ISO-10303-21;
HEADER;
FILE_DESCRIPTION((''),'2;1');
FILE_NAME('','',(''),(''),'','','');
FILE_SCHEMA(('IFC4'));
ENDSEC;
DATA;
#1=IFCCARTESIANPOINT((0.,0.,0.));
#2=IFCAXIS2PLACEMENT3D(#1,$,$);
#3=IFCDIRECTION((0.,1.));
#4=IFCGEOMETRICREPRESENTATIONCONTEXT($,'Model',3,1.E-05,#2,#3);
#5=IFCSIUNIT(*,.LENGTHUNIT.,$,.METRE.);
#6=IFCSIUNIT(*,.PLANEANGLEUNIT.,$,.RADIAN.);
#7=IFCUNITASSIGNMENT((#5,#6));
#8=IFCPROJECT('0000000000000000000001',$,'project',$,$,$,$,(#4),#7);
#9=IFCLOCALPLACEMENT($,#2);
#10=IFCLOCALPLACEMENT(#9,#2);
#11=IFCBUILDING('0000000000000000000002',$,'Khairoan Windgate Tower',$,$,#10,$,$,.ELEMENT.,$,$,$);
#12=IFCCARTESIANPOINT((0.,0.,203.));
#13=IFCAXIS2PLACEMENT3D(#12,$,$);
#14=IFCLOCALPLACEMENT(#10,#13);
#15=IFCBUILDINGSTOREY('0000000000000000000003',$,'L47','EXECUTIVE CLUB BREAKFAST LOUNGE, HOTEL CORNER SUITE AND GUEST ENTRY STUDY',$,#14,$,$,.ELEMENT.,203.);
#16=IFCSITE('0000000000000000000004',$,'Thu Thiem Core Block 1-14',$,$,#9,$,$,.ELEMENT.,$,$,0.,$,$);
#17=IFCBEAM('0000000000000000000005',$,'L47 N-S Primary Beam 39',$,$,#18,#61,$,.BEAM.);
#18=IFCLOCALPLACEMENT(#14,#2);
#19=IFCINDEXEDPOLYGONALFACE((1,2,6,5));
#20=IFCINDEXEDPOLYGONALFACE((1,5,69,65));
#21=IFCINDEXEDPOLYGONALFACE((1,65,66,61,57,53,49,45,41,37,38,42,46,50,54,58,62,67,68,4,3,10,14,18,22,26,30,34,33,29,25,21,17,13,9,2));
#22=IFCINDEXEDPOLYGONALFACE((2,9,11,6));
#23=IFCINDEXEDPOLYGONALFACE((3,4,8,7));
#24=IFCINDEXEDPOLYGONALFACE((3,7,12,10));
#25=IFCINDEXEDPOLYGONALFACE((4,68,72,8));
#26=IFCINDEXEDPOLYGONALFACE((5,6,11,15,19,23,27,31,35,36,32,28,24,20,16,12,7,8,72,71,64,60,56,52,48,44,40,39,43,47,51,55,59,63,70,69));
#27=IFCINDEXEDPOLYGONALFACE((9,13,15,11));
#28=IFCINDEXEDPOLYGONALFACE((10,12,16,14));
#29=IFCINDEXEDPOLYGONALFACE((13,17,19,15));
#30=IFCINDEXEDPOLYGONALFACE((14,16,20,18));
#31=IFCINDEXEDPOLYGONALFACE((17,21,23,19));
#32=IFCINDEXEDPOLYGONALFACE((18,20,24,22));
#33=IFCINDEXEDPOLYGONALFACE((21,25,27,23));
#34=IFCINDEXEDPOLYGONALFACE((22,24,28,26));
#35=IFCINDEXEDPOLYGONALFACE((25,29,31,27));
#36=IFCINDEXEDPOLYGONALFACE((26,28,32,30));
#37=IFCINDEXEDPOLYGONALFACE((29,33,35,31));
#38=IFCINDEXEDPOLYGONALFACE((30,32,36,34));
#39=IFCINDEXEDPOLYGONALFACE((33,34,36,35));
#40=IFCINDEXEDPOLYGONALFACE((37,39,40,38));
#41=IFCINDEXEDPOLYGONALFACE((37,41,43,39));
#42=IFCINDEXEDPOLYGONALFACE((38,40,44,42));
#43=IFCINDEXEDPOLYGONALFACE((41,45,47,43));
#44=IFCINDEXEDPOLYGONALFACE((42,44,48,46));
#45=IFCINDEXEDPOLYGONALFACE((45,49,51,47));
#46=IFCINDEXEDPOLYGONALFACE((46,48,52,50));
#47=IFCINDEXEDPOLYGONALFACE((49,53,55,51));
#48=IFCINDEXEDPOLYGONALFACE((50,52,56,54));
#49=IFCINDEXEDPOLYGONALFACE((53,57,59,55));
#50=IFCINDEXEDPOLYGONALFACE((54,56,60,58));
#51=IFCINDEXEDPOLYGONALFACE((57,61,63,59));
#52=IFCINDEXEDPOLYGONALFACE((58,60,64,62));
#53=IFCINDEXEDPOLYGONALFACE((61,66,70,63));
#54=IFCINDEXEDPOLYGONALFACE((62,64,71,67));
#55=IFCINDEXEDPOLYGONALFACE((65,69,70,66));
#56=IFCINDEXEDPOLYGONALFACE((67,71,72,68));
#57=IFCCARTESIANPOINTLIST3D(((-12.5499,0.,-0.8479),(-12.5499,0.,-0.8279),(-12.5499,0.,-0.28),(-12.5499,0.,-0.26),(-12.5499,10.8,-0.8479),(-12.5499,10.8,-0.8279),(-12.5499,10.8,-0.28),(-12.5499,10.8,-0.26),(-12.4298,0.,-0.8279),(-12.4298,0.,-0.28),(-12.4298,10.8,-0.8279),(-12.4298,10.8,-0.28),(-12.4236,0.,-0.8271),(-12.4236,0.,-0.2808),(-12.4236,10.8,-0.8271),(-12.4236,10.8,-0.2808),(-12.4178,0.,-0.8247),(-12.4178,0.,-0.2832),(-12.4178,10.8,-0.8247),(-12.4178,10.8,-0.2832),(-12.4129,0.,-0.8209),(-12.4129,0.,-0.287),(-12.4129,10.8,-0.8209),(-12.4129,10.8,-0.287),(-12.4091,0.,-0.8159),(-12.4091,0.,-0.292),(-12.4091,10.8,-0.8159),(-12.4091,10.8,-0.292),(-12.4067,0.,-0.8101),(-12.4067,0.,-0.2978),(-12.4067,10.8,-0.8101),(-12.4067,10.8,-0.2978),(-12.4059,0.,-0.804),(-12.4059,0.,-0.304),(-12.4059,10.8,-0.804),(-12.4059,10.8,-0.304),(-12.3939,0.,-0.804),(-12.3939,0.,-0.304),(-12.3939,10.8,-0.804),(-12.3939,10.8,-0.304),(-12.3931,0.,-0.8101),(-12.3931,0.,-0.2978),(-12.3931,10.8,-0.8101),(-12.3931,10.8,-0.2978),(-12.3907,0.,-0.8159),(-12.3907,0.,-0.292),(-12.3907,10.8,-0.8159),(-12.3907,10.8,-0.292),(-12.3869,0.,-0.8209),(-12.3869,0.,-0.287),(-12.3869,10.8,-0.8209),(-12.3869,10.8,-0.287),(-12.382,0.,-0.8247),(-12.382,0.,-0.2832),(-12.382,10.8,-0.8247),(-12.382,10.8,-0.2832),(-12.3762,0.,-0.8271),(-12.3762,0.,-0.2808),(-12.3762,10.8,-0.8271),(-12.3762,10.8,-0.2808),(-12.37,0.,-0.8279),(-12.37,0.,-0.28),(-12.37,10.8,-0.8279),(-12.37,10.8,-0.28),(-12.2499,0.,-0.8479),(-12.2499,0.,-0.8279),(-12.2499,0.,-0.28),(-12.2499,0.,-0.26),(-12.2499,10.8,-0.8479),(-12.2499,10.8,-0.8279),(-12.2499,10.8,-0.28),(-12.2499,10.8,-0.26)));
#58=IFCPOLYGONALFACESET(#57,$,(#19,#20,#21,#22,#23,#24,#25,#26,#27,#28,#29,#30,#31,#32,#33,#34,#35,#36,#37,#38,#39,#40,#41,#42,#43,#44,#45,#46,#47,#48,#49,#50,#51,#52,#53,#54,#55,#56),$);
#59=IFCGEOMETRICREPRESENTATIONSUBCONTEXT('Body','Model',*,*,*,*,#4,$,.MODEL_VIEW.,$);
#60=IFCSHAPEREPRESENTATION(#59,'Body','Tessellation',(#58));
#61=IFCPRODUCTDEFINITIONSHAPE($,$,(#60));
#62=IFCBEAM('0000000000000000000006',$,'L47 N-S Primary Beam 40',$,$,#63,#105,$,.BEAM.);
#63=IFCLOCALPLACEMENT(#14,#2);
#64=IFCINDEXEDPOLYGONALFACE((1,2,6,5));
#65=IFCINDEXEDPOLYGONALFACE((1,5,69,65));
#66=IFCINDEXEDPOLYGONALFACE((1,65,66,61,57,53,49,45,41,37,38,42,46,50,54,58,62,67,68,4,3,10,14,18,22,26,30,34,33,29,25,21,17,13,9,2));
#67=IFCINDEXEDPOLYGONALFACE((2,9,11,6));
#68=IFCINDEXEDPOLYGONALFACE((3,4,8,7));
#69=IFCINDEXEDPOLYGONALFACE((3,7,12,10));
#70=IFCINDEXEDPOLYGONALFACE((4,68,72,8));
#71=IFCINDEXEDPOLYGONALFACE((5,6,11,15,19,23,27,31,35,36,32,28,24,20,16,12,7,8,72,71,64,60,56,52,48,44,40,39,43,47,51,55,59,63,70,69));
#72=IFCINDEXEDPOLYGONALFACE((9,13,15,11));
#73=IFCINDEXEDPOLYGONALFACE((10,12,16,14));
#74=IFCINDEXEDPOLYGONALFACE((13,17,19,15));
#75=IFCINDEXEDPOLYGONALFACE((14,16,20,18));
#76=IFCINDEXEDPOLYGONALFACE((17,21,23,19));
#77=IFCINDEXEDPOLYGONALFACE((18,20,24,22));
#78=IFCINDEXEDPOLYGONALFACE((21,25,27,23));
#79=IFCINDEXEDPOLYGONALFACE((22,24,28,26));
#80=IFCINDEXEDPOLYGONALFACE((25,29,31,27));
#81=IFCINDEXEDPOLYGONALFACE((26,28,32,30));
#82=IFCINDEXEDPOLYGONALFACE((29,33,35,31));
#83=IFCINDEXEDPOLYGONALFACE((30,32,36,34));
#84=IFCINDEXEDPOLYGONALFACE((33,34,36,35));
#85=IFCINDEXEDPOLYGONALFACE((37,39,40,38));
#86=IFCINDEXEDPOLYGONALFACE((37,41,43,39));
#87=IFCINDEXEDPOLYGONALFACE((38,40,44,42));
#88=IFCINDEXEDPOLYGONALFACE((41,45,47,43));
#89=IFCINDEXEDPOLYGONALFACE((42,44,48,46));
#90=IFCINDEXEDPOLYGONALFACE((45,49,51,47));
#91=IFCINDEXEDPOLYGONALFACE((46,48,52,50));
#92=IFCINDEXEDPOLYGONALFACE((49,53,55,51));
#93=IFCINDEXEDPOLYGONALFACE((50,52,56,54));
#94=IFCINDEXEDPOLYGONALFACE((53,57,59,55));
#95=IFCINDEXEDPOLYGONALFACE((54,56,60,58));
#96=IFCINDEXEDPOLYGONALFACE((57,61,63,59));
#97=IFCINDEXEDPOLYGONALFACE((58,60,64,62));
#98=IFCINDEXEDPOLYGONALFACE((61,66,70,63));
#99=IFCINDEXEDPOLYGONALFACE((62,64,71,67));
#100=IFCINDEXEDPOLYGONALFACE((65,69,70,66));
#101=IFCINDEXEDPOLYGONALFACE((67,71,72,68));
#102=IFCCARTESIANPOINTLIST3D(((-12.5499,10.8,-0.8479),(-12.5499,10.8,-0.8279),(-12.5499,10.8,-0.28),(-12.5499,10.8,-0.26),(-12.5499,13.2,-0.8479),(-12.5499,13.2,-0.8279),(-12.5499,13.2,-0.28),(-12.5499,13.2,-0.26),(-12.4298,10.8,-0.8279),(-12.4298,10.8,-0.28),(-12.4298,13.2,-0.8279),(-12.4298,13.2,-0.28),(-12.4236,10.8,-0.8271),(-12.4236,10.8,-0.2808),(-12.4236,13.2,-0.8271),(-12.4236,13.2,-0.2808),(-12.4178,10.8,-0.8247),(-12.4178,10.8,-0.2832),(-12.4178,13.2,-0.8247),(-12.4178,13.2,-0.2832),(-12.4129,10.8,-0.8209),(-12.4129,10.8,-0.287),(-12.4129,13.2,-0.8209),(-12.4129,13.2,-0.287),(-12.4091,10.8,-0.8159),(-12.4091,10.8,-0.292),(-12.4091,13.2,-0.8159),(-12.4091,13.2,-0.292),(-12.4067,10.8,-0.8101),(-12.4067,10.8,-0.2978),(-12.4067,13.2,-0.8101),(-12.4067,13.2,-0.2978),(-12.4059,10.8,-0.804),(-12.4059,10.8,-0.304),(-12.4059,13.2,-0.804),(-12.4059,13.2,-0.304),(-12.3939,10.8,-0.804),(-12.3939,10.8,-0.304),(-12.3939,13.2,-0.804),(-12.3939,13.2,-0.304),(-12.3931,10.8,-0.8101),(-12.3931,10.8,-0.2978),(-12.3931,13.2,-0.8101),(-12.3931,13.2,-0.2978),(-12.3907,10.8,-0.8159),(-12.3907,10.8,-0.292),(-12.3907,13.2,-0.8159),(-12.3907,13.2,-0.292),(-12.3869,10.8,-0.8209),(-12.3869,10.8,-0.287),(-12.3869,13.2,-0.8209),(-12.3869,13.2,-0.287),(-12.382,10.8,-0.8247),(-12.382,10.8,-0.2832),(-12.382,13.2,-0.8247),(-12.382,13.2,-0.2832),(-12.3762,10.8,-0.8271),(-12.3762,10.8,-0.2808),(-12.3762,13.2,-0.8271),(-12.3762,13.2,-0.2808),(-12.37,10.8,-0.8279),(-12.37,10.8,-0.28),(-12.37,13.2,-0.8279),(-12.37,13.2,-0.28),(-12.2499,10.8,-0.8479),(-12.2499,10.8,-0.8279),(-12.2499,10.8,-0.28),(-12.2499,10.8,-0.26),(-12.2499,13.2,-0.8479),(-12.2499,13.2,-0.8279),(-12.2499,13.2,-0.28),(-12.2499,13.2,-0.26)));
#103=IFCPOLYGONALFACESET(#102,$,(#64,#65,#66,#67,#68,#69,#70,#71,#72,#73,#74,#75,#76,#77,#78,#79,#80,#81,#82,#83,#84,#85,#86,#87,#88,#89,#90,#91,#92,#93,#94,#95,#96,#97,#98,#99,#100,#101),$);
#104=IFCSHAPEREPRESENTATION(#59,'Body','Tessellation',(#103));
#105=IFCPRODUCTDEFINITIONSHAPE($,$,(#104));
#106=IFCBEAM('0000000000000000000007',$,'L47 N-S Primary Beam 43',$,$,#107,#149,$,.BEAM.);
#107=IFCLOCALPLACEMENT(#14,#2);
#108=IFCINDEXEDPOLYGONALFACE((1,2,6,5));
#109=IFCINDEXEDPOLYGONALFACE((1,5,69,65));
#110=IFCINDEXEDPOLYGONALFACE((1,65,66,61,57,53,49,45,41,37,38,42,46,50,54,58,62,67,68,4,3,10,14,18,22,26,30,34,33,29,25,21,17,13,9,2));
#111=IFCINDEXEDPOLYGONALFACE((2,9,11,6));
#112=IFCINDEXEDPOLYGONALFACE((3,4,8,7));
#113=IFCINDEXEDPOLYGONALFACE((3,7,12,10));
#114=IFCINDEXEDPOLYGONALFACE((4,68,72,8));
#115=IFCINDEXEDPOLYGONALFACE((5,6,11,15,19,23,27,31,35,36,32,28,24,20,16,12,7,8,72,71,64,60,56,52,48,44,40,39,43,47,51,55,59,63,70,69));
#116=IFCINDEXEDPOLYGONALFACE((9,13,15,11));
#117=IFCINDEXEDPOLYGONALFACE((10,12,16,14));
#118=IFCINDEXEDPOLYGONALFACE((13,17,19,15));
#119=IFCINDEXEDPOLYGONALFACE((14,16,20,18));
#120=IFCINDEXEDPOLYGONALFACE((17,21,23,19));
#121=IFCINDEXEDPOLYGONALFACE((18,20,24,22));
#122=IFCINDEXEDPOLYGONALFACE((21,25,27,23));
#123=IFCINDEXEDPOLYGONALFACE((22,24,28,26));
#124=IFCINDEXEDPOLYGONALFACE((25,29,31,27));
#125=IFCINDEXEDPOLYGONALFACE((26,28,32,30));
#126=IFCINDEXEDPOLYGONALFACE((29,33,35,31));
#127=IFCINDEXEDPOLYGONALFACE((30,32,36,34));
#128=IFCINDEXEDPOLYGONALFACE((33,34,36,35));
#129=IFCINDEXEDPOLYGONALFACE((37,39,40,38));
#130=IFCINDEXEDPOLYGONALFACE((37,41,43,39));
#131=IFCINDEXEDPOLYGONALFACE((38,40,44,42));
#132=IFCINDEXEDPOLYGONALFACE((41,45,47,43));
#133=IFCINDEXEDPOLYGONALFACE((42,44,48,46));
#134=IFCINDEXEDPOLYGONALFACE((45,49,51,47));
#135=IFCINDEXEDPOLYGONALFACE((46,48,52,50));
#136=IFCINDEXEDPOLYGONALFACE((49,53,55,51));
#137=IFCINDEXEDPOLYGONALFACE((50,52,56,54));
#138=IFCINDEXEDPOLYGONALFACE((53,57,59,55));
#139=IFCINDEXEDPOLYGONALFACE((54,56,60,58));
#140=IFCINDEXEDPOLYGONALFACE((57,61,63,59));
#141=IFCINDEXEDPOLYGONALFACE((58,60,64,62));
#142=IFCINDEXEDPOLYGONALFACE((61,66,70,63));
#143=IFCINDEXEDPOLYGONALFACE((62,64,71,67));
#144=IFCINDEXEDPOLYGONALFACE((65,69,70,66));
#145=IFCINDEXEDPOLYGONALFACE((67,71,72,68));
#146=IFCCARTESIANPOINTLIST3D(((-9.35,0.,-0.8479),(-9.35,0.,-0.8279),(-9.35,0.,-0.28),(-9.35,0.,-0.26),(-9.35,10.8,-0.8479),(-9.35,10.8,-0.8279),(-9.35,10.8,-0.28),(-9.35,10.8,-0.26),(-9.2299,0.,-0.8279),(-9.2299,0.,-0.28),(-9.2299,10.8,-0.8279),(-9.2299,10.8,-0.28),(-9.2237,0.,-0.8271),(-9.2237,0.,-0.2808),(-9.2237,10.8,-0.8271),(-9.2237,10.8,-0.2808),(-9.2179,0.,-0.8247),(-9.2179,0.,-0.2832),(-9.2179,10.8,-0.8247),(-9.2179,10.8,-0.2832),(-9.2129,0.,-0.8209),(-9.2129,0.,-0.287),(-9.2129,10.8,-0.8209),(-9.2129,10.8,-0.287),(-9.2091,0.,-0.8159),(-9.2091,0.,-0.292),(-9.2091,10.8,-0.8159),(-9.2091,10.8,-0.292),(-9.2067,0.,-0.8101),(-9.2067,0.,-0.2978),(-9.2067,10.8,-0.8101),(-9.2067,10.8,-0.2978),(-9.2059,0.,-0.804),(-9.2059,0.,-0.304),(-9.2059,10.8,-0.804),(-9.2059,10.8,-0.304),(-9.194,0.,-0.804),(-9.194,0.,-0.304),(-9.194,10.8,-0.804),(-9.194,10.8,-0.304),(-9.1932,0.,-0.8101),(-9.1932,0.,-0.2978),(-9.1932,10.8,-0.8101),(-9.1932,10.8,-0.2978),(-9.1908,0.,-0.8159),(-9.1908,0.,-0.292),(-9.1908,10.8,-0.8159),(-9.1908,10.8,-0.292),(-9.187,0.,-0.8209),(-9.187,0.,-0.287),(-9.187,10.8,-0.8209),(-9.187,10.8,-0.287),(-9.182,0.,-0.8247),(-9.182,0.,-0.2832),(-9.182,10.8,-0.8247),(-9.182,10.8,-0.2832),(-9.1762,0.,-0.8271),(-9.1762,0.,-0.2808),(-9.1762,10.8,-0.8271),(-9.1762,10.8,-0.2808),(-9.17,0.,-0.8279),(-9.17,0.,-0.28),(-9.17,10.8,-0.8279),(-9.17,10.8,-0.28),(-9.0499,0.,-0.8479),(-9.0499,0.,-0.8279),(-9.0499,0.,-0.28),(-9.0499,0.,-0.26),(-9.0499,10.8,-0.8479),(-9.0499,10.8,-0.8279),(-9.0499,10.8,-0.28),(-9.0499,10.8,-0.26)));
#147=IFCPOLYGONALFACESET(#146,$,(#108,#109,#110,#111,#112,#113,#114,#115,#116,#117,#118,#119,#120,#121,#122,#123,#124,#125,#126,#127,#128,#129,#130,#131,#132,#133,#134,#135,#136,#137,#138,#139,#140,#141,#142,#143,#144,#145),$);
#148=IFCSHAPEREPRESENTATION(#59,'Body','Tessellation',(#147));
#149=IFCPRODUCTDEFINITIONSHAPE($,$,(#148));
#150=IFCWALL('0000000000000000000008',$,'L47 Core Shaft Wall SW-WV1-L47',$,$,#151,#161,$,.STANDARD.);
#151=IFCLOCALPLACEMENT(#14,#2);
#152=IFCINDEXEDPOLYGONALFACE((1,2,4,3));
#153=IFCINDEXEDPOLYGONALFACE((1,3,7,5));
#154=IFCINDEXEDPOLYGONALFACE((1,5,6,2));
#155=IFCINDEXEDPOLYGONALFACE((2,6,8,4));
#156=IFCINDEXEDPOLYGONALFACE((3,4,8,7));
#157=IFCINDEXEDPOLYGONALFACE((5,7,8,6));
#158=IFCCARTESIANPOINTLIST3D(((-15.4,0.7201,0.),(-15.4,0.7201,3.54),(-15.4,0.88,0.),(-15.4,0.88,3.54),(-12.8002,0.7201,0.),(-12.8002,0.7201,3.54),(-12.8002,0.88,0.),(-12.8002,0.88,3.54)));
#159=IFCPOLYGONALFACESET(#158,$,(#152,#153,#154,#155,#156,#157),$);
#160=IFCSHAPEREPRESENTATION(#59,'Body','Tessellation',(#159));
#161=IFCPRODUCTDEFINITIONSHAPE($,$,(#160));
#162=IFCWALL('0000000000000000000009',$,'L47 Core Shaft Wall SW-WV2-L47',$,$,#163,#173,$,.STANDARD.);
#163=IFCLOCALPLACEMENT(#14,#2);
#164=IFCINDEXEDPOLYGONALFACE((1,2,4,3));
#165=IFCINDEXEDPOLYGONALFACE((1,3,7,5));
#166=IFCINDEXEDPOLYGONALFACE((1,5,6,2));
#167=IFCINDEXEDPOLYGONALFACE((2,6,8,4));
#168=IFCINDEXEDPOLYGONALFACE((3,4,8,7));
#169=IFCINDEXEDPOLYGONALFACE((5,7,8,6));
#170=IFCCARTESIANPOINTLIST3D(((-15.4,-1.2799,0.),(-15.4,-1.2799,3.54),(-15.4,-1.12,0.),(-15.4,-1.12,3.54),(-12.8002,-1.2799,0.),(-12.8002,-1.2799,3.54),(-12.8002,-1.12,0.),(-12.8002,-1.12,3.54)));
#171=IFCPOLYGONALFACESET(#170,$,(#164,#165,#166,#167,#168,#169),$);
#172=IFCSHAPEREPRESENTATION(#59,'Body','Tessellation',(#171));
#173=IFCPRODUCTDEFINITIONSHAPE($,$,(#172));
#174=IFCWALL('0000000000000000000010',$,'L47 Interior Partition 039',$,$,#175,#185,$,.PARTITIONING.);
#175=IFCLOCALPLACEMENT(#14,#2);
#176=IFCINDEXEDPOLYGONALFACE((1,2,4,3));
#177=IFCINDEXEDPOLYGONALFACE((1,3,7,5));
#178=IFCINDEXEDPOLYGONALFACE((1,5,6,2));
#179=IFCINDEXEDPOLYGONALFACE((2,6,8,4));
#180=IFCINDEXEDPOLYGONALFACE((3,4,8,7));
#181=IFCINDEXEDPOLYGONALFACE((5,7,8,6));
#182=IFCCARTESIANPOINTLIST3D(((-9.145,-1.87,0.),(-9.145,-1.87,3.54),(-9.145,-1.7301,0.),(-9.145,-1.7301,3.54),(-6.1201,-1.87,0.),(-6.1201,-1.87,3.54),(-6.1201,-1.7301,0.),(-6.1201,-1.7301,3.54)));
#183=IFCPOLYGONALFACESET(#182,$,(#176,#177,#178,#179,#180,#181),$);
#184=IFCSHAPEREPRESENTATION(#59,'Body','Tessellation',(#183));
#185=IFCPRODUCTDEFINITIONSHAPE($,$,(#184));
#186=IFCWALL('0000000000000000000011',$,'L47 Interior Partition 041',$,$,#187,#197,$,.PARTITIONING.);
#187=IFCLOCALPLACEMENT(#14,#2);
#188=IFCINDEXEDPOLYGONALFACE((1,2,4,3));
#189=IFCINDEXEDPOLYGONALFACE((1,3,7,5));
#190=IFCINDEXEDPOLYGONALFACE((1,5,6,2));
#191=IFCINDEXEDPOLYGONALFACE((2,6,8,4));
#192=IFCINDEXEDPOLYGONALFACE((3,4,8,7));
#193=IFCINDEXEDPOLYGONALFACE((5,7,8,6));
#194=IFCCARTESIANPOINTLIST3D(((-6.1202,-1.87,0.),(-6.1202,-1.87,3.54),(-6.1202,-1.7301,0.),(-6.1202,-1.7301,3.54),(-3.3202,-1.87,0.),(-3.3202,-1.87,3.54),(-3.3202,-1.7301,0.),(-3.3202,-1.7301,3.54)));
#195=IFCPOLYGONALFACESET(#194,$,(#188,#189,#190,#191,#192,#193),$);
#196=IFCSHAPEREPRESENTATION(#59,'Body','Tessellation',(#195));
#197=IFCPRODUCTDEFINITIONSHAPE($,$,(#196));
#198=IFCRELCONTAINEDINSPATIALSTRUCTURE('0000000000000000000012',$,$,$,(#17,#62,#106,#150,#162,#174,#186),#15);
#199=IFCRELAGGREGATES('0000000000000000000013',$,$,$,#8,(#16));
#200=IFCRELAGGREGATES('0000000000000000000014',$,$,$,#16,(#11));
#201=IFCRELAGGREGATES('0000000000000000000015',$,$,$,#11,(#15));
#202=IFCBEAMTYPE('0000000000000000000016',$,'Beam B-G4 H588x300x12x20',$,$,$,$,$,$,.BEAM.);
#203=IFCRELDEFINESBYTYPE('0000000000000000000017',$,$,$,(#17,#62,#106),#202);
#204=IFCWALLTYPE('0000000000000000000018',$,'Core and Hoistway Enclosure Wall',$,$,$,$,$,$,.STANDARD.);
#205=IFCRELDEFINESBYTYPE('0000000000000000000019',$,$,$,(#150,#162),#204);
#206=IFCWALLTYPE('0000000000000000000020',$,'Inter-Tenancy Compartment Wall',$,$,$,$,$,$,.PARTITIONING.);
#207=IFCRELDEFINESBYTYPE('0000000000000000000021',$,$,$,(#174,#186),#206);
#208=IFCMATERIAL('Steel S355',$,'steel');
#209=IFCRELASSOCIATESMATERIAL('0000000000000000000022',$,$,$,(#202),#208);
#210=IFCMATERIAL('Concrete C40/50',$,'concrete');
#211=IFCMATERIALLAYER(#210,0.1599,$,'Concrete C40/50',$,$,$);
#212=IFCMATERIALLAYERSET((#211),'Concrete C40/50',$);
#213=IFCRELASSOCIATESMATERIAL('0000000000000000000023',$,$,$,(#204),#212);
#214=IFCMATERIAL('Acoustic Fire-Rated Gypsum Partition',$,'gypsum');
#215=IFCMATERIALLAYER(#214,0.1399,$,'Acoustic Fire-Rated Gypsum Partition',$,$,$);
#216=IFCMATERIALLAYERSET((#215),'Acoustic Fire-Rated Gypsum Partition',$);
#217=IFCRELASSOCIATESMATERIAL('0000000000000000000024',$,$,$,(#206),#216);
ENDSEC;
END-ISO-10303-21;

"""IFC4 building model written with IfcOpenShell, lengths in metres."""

from ifc_helpers import new_model, si_unit, direction, frame, frame_2d, origin, origin_2d, place, context, subcontext, project, spatial, rectangle, i_section, extrude, material, layer, layer_set, material_profile, profile_set, type_object, element, save


model = new_model("IFC4")

# Units and contexts
model_context = context("Model", 3, precision=1e-05, world=origin(), true_north=direction((0.0, 1.0)))
body_context = subcontext(model_context, "Body", "Model", "MODEL_VIEW")
ifc_project = project(units=[si_unit("LENGTHUNIT", "METRE"), si_unit("PLANEANGLEUNIT", "RADIAN")], contexts=[model_context])

# Site, building, storey
site_placement = place(None, origin())
site = spatial("IfcSite", under=ifc_project, at=site_placement, Name="Thu Thiem Core Block 1-14", CompositionType="ELEMENT", RefElevation=0.0)
building_placement = place(site_placement, origin())
building = spatial("IfcBuilding", under=site, at=building_placement, Name="Khairoan Windgate Tower", CompositionType="ELEMENT")
storey_placement = place(building_placement, frame((0.0, 0.0, 203.0)))
storey = spatial("IfcBuildingStorey", under=building, at=storey_placement, Name="L47", Description="EXECUTIVE CLUB BREAKFAST LOUNGE, HOTEL CORNER SUITE AND GUEST ENTRY STUDY", CompositionType="ELEMENT", Elevation=203.0)

# Beams
ifc_material_1 = material(Name="Steel S355", Category="steel")
ifc_material_profile_1 = material_profile(ifc_material_1, i_section(OverallWidth=0.3, OverallDepth=0.5879, WebThickness=0.012, FlangeThickness=0.02, FilletRadius=0.0239, at=origin_2d()))
ifc_profile_set_1 = profile_set([ifc_material_profile_1], Name="Steel S355")
beam_type = type_object("IfcBeamType", Name="Beam B-G4 H588x300x12x20", PredefinedType="BEAM", material=ifc_profile_set_1)
beam_1_placement = place(storey_placement, frame((-12.3999, 0.0, -0.554), z_axis=(0.0, 1.0, 0.0), x_axis=(-1.0, 0.0, 0.0)))
element("IfcBeam", 1, at=beam_1_placement, inside=storey, type_object=beam_type, Name="L47 N-S Primary Beam 39", PredefinedType="BEAM", context=body_context, shape_type="SweptSolid", body=[
    extrude(i_section(OverallWidth=0.3, OverallDepth=0.5879, WebThickness=0.012, FlangeThickness=0.02, FilletRadius=0.0239, at=origin_2d()), origin(), (0.0, 0.0, 1.0), 10.8),
])
beam_2_placement = place(storey_placement, frame((-12.3999, 10.8, -0.554), z_axis=(0.0, 1.0, 0.0), x_axis=(-1.0, 0.0, 0.0)))
element("IfcBeam", 2, at=beam_2_placement, inside=storey, type_object=beam_type, Name="L47 N-S Primary Beam 40", PredefinedType="BEAM", context=body_context, shape_type="SweptSolid", body=[
    extrude(i_section(OverallWidth=0.3, OverallDepth=0.5879, WebThickness=0.012, FlangeThickness=0.02, FilletRadius=0.0239, at=origin_2d()), origin(), (0.0, 0.0, 1.0), 2.3999),
])
beam_3_placement = place(storey_placement, frame((-9.2, 0.0, -0.554), z_axis=(0.0, 1.0, 0.0), x_axis=(-1.0, 0.0, 0.0)))
element("IfcBeam", 3, at=beam_3_placement, inside=storey, type_object=beam_type, Name="L47 N-S Primary Beam 43", PredefinedType="BEAM", context=body_context, shape_type="SweptSolid", body=[
    extrude(i_section(OverallWidth=0.3, OverallDepth=0.5879, WebThickness=0.012, FlangeThickness=0.02, FilletRadius=0.0239, at=origin_2d()), origin(), (0.0, 0.0, 1.0), 10.8),
])

# Walls
ifc_material_2 = material(Name="Concrete C40/50", Category="concrete")
ifc_layer_1 = layer(ifc_material_2, 0.1599, Name="Concrete C40/50")
ifc_layer_set_1 = layer_set([ifc_layer_1], Name="Concrete C40/50")
wall_type_1 = type_object("IfcWallType", Name="Core and Hoistway Enclosure Wall", PredefinedType="STANDARD", material=ifc_layer_set_1)
for number, where, z_axis, x_axis, name in (
    (4, (-15.3999, 0.8, 0.0), (0.0, 0.0, 1.0), (1.0, 0.0, 0.0), "L47 Core Shaft Wall SW-WV1-L47"),
    (5, (-15.3999, -1.2, 0.0), (0.0, 0.0, 1.0), (1.0, 0.0, 0.0), "L47 Core Shaft Wall SW-WV2-L47"),
):
    element("IfcWall", number, at=place(storey_placement, frame(where, z_axis=z_axis, x_axis=x_axis)), inside=storey, type_object=wall_type_1, Name=name, PredefinedType="STANDARD", context=body_context, shape_type="SweptSolid", body=[
        extrude(rectangle(XDim=2.5999, YDim=0.1599, at=frame_2d((1.2998, 0.0))), origin(), (0.0, 0.0, 1.0), 3.54),
    ])
ifc_material_3 = material(Name="Acoustic Fire-Rated Gypsum Partition", Category="gypsum")
ifc_layer_2 = layer(ifc_material_3, 0.1399, Name="Acoustic Fire-Rated Gypsum Partition")
ifc_layer_set_2 = layer_set([ifc_layer_2], Name="Acoustic Fire-Rated Gypsum Partition")
wall_type_2 = type_object("IfcWallType", Name="Inter-Tenancy Compartment Wall", PredefinedType="PARTITIONING", material=ifc_layer_set_2)
wall_1_placement = place(storey_placement, frame((-9.145, -1.8, 0.0), z_axis=(0.0, 0.0, 1.0), x_axis=(1.0, 0.0, 0.0)))
element("IfcWall", 6, at=wall_1_placement, inside=storey, type_object=wall_type_2, Name="L47 Interior Partition 039", PredefinedType="PARTITIONING", context=body_context, shape_type="SweptSolid", body=[
    extrude(rectangle(XDim=3.0249, YDim=0.1399, at=frame_2d((1.5125, 0.0))), origin(), (0.0, 0.0, 1.0), 3.54),
])
wall_2_placement = place(storey_placement, frame((-6.1201, -1.8, 0.0), z_axis=(0.0, 0.0, 1.0), x_axis=(1.0, 0.0, 0.0)))
element("IfcWall", 7, at=wall_2_placement, inside=storey, type_object=wall_type_2, Name="L47 Interior Partition 041", PredefinedType="PARTITIONING", context=body_context, shape_type="SweptSolid", body=[
    extrude(rectangle(XDim=2.8, YDim=0.1399, at=frame_2d((1.3999, 0.0))), origin(), (0.0, 0.0, 1.0), 3.54),
])

save(model, "model.ifc")
